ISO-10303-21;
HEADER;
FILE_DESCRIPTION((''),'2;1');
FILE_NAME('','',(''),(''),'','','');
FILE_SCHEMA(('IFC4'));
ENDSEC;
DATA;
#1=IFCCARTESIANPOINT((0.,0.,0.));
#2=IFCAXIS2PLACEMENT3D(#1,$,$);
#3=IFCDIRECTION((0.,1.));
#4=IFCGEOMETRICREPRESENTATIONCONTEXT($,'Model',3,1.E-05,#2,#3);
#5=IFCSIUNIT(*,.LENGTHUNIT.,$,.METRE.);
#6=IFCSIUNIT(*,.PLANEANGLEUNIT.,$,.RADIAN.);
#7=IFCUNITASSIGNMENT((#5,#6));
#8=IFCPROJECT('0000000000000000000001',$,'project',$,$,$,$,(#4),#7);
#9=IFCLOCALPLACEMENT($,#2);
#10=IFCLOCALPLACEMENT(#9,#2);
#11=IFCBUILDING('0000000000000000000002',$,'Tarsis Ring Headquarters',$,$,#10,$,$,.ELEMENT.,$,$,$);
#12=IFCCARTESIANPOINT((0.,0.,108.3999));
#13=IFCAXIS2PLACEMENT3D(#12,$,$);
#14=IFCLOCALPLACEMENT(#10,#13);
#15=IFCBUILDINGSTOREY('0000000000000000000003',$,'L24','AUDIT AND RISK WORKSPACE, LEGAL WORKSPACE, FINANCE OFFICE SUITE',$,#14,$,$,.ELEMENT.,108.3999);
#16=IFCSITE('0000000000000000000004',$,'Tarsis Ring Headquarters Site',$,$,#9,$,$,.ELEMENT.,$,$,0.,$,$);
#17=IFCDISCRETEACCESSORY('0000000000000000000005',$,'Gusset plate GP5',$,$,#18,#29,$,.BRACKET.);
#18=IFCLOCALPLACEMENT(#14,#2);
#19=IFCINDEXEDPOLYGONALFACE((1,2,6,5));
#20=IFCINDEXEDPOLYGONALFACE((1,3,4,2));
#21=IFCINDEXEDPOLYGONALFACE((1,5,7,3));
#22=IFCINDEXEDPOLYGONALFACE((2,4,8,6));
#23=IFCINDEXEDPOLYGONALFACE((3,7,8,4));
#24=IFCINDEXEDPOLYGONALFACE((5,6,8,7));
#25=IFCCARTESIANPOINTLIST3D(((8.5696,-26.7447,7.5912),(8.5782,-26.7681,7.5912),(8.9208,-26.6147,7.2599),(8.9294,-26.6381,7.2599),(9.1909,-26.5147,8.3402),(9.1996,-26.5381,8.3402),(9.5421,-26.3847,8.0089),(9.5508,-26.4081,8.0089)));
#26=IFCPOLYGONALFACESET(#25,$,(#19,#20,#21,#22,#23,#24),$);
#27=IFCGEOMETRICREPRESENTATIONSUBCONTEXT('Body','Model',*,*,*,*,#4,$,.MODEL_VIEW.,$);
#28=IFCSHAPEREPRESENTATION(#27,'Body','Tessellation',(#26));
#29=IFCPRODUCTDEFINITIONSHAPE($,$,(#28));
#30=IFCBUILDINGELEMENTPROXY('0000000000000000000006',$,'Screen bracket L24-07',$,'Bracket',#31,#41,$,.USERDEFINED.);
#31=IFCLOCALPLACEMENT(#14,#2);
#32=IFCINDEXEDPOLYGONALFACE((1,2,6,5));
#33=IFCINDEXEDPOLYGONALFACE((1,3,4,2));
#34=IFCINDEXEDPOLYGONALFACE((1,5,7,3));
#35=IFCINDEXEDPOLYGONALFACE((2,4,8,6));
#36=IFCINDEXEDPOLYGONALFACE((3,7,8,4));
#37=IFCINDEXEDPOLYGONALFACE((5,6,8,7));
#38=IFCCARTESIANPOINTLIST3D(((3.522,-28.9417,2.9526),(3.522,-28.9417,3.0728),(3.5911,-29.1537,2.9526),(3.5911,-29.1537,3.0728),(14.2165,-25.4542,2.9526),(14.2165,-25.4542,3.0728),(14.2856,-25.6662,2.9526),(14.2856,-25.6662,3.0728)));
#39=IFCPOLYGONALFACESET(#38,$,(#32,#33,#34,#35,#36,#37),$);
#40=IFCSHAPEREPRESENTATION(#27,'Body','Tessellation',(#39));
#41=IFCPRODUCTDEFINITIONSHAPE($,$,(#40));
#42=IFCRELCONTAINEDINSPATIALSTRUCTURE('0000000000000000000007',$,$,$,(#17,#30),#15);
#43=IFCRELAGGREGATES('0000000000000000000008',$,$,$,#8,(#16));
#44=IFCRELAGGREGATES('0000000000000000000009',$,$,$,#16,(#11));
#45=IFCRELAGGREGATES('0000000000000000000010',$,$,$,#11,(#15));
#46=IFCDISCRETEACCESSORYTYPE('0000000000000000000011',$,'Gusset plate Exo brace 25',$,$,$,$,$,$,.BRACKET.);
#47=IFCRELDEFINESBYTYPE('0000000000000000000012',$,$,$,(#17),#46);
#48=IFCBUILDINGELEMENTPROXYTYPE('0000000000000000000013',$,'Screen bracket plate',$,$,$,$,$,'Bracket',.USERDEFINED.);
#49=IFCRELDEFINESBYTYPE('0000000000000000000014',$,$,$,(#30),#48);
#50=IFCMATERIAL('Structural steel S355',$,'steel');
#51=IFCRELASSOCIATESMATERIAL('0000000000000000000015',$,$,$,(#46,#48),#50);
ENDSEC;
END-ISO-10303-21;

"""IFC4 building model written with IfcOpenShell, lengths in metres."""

from ifc_helpers import new_model, si_unit, direction, frame, origin, origin_2d, place, context, subcontext, project, spatial, rectangle, extrude, material, material_profile, profile_set, type_object, element, save


model = new_model("IFC4")

# Units and contexts
model_context = context("Model", 3, precision=1e-05, world=origin(), true_north=direction((0.0, 1.0)))
body_context = subcontext(model_context, "Body", "Model", "MODEL_VIEW")
ifc_project = project(units=[si_unit("LENGTHUNIT", "METRE"), si_unit("PLANEANGLEUNIT", "RADIAN")], contexts=[model_context])

# Site, building, storey
site_placement = place(None, origin())
site = spatial("IfcSite", under=ifc_project, at=site_placement, Name="Tarsis Ring Headquarters Site", CompositionType="ELEMENT", RefElevation=0.0)
building_placement = place(site_placement, origin())
building = spatial("IfcBuilding", under=site, at=building_placement, Name="Tarsis Ring Headquarters", CompositionType="ELEMENT")
storey_placement = place(building_placement, frame((0.0, 0.0, 108.3999)))
storey = spatial("IfcBuildingStorey", under=building, at=storey_placement, Name="L24", Description="AUDIT AND RISK WORKSPACE, LEGAL WORKSPACE, FINANCE OFFICE SUITE", CompositionType="ELEMENT", Elevation=108.3999)

# Shared definitions
ifc_material_1 = material(Name="Structural steel S355", Category="steel")

# Discrete accessory
ifc_material_profile_1 = material_profile(ifc_material_1, rectangle(XDim=0.0249, YDim=0.5, at=origin_2d()), Name="PL 25x500")
ifc_profile_set_1 = profile_set([ifc_material_profile_1], Name="Structural steel S355")
discrete_accessory_type = type_object("IfcDiscreteAccessoryType", Name="Gusset plate Exo brace 25", PredefinedType="BRACKET", material=ifc_profile_set_1)
discrete_accessory_1_placement = place(storey_placement, frame((8.7495, -26.6914, 7.4255), z_axis=(0.621342, 0.229982, 0.749028), x_axis=(-0.347122, 0.93782, 0.0)))
element("IfcDiscreteAccessory", 1, at=discrete_accessory_1_placement, inside=storey, type_object=discrete_accessory_type, Name="Gusset plate GP5", PredefinedType="BRACKET", context=body_context, shape_type="SweptSolid", body=[
    extrude(rectangle(XDim=0.0249, YDim=0.5, at=origin_2d()), origin(), (0.0, 0.0, 1.0), 1.0),
])

# Building element proxy
building_element_proxy_type = type_object("IfcBuildingElementProxyType", Name="Screen bracket plate", ElementType="Bracket", PredefinedType="USERDEFINED", material=ifc_material_1)
proxy_placement = place(storey_placement, frame((8.9038, -27.304, 2.9526), z_axis=(0.0, 0.0, 1.0), x_axis=(0.950725, 0.310034, 0.0)))
element("IfcBuildingElementProxy", 2, at=proxy_placement, inside=storey, type_object=building_element_proxy_type, Name="Screen bracket L24-07", ObjectType="Bracket", PredefinedType="USERDEFINED", context=body_context, shape_type="SweptSolid", body=[
    extrude(rectangle(XDim=11.2488, YDim=0.2229, at=origin_2d()), origin(), (0.0, 0.0, 1.0), 0.1201),
])

save(model, "model.ifc")
